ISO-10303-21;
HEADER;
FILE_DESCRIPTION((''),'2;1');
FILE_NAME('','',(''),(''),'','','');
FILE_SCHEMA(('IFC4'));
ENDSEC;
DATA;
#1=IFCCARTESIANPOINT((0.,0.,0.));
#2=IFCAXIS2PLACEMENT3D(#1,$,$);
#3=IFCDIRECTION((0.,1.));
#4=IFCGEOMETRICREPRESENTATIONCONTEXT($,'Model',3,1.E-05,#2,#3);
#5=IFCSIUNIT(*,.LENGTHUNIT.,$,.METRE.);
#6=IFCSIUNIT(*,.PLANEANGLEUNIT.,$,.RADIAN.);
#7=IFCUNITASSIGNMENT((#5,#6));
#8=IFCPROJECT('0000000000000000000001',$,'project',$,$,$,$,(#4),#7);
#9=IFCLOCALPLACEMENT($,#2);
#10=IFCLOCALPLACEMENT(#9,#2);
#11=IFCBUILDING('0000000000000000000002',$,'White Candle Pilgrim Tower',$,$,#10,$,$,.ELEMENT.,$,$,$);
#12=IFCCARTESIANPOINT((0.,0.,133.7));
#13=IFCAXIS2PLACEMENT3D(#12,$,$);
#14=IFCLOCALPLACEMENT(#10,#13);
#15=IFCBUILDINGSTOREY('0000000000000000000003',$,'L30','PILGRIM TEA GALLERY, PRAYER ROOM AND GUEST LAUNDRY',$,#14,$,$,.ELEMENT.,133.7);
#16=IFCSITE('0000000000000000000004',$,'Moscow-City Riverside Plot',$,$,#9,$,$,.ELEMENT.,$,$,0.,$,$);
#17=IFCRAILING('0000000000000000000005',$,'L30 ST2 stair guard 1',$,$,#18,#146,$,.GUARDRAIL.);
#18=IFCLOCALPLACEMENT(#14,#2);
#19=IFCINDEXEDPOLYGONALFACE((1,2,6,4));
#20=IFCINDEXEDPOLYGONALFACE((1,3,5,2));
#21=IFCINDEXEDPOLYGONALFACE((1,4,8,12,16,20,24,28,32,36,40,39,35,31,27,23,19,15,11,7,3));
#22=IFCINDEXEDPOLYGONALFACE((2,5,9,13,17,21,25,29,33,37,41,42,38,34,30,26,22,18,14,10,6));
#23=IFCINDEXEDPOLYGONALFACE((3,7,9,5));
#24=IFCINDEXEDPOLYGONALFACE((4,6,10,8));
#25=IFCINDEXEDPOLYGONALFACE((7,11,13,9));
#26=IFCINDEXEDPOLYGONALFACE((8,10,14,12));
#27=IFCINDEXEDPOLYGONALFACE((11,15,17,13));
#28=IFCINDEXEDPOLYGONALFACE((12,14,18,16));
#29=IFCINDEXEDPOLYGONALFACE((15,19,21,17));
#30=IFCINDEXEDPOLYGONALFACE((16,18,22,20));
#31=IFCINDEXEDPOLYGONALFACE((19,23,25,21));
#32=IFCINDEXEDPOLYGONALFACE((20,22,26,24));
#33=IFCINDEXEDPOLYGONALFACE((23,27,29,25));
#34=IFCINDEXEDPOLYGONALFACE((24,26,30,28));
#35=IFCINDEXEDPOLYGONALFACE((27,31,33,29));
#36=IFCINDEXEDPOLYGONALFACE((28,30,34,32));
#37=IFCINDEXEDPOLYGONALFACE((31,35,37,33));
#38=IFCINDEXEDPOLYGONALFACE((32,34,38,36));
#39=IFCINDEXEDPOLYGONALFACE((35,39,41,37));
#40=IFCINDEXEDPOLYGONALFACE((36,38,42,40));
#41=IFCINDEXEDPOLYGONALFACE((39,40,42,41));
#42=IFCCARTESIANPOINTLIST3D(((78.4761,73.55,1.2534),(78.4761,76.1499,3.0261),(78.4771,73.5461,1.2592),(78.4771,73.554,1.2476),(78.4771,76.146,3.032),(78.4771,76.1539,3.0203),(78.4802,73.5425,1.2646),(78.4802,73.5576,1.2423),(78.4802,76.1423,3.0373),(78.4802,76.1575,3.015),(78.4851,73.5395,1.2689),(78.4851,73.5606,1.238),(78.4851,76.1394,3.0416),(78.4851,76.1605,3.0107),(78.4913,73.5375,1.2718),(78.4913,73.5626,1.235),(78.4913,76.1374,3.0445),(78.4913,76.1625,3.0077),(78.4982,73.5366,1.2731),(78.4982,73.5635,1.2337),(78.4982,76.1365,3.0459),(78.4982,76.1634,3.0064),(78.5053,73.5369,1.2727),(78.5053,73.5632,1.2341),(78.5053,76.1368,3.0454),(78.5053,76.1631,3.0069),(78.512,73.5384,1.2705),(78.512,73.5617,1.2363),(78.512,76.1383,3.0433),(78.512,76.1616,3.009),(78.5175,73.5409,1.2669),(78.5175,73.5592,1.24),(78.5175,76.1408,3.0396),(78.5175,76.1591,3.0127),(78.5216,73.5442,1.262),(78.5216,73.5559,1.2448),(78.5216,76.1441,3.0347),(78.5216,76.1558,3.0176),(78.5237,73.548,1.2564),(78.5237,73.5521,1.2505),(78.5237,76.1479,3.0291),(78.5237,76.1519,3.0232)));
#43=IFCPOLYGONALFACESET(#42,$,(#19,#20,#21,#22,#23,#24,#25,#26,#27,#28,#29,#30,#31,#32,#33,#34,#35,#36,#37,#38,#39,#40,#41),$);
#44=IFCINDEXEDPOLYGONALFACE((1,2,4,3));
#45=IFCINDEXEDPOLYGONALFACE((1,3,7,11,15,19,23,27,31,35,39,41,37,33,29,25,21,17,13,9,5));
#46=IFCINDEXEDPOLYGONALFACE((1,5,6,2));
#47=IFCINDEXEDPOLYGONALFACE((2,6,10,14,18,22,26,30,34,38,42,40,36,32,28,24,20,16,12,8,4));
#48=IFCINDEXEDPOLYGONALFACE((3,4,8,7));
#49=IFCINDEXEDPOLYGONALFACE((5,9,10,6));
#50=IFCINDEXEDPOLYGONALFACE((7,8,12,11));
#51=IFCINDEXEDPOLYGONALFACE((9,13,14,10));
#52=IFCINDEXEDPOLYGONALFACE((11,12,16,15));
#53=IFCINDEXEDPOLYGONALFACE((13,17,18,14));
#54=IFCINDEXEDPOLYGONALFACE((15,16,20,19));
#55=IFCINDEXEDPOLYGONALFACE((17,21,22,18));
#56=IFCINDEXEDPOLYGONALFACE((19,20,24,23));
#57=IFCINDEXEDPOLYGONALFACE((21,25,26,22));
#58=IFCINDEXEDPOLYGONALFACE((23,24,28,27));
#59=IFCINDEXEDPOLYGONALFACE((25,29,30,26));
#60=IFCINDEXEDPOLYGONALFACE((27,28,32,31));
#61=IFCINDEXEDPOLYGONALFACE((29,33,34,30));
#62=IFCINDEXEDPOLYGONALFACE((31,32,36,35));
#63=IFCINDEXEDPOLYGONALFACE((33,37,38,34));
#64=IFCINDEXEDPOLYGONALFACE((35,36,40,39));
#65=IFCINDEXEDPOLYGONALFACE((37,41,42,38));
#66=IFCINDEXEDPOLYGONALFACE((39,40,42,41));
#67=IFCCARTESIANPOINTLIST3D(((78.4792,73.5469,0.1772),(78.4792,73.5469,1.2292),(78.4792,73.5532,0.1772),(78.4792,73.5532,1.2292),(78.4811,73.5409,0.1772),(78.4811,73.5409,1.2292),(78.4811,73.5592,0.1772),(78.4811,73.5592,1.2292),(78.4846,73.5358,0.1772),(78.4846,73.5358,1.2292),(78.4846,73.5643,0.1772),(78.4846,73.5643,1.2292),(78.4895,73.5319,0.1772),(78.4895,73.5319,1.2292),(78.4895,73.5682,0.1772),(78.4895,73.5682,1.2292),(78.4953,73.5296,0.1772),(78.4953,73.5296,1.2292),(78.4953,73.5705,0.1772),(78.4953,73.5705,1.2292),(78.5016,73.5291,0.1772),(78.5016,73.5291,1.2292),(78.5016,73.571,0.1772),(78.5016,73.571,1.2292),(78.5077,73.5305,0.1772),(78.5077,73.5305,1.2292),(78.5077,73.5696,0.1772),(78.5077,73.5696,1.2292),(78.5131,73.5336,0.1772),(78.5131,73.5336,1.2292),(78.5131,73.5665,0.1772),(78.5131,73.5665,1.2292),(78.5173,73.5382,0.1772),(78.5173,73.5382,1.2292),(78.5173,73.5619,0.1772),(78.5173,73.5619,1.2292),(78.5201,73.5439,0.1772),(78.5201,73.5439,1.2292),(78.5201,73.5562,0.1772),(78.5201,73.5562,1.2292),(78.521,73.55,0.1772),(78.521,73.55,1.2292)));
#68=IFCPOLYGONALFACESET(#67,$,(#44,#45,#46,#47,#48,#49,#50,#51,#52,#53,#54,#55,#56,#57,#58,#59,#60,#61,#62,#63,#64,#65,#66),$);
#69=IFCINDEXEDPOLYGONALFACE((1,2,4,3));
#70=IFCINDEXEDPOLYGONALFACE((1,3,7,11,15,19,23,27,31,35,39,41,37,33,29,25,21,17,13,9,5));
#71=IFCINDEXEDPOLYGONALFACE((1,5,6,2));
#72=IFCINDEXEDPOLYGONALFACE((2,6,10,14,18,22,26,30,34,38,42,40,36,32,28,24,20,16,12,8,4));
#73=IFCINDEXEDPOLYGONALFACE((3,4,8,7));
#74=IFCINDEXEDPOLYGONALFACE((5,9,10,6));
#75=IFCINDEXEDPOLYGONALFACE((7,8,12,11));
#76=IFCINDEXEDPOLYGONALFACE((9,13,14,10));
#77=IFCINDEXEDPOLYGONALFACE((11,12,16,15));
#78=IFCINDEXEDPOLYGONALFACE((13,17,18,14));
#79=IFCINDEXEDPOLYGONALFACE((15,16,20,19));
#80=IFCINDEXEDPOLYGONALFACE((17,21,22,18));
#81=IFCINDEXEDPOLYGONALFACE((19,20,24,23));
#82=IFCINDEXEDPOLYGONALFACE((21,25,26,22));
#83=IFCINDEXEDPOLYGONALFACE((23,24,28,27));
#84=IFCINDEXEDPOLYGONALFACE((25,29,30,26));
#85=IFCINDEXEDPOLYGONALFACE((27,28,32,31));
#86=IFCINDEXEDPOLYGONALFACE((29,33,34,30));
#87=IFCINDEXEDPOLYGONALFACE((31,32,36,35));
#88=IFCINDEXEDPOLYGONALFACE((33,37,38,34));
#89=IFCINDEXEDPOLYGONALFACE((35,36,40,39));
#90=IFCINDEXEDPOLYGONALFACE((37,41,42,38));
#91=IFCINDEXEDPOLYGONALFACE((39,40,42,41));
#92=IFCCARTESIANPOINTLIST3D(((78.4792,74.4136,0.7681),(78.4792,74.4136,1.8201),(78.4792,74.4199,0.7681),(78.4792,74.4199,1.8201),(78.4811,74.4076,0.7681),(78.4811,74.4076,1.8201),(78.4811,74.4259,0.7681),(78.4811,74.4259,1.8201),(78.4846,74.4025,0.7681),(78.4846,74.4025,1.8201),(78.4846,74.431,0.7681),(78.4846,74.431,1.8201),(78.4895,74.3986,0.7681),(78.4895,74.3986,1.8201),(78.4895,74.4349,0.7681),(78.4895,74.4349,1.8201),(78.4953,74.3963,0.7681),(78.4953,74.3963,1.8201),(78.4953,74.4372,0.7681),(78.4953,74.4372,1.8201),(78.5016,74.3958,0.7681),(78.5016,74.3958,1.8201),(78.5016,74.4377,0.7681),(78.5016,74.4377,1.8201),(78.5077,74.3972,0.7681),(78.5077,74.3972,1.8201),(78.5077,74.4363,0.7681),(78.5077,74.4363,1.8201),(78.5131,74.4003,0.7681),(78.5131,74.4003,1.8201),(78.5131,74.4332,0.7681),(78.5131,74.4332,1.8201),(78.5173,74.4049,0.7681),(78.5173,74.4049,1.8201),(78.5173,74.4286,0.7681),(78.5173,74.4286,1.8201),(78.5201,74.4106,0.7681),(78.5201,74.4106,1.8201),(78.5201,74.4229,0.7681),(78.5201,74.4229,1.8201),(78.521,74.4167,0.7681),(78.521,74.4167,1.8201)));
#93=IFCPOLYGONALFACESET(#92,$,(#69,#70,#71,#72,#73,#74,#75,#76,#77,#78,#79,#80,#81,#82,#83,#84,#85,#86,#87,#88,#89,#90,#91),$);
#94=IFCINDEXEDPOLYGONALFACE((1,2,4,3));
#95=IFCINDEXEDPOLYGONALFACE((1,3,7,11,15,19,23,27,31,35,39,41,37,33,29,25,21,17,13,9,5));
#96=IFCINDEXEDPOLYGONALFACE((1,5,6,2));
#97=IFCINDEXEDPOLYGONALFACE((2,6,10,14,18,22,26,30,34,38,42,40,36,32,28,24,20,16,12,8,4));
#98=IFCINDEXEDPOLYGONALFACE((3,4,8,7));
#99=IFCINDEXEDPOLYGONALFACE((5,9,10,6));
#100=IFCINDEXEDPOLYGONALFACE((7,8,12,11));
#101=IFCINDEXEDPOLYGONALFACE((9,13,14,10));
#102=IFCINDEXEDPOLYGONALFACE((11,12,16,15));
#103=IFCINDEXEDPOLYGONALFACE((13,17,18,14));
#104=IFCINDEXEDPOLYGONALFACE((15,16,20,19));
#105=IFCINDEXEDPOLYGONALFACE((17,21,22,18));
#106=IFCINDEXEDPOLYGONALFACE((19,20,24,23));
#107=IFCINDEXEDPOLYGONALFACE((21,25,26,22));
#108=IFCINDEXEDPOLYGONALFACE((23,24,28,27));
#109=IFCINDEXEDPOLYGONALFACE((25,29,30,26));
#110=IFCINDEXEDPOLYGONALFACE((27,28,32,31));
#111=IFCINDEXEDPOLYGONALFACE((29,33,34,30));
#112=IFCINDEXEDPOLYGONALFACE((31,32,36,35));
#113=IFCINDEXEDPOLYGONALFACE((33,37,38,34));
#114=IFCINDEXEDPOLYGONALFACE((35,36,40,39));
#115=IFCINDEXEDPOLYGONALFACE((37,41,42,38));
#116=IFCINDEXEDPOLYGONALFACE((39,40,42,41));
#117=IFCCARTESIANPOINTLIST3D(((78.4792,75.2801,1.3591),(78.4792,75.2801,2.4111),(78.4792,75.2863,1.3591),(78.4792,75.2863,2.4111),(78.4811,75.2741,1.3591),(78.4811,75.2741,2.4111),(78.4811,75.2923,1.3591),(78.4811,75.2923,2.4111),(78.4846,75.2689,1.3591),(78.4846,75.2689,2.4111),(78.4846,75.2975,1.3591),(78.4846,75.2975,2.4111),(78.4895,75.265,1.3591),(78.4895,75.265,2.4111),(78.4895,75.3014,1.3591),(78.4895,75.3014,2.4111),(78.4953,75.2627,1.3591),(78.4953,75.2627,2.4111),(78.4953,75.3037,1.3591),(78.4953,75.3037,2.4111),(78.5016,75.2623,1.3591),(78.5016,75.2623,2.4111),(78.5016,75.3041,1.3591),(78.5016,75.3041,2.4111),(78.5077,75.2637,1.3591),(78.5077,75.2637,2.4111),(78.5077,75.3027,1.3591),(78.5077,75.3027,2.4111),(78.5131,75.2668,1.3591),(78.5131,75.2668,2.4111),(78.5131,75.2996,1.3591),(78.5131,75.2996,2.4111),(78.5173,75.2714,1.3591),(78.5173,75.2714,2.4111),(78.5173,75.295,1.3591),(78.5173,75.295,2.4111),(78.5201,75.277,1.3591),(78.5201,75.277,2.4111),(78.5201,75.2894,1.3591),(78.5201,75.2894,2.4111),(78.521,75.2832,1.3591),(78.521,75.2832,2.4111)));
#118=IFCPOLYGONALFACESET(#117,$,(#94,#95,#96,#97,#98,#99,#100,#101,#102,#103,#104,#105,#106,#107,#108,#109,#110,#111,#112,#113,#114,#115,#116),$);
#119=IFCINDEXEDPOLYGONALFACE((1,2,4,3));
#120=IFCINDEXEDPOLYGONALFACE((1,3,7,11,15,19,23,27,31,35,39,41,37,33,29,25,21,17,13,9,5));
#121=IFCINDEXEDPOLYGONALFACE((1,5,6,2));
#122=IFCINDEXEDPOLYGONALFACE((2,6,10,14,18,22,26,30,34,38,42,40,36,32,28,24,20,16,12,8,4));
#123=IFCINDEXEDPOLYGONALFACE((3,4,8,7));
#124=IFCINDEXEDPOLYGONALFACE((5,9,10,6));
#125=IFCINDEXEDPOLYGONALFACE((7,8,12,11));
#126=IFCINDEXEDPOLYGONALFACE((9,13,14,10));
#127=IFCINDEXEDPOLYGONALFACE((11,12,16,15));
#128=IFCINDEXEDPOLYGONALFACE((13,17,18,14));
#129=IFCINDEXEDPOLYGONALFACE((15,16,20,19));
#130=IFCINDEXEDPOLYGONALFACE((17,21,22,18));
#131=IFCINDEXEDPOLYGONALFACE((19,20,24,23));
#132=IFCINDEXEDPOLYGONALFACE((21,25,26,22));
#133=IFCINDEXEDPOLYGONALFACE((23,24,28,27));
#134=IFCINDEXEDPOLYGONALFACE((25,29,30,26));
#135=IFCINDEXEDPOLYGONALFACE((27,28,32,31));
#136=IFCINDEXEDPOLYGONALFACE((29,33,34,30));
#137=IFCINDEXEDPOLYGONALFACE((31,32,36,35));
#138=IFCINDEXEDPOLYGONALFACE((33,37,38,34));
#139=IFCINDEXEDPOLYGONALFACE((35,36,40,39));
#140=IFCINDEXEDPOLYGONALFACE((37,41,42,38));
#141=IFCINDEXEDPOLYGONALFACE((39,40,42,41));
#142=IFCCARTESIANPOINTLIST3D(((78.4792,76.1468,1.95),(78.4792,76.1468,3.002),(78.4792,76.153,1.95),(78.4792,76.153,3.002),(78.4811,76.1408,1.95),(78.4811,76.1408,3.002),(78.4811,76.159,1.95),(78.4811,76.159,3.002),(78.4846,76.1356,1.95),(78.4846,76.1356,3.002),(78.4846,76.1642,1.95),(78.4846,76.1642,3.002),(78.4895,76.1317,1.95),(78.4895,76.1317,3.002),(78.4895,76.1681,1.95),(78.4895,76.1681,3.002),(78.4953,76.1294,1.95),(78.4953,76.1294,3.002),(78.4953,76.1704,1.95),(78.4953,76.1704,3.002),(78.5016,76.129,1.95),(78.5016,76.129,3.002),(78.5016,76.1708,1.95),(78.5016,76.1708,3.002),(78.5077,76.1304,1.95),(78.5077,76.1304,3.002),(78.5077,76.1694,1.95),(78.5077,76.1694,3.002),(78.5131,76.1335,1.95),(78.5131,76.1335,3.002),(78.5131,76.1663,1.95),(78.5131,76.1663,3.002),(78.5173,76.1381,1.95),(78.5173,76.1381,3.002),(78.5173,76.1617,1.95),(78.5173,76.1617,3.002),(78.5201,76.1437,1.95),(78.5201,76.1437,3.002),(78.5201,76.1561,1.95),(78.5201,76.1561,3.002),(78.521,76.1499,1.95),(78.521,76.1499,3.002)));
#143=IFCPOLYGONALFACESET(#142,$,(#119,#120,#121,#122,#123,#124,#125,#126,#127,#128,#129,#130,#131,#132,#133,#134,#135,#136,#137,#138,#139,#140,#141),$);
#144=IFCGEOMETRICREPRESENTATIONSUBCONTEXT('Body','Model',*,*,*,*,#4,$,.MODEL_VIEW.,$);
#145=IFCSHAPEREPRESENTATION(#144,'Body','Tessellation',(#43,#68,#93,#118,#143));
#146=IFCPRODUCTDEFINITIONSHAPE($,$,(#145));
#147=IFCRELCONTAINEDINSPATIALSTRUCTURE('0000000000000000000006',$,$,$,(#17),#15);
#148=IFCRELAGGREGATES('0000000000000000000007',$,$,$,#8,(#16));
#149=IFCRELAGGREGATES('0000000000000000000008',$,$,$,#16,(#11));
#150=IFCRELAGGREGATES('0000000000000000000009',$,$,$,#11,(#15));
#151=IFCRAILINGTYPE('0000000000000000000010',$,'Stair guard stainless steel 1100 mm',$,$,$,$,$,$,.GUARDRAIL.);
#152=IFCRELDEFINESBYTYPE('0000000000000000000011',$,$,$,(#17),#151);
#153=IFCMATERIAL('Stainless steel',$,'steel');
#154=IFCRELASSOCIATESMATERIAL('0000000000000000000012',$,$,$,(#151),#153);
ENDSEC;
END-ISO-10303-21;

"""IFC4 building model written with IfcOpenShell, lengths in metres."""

from ifc_helpers import new_model, si_unit, direction, frame, origin, origin_2d, place, context, subcontext, project, spatial, circle, extrude, material, type_object, element, save


model = new_model("IFC4")

# Units and contexts
model_context = context("Model", 3, precision=1e-05, world=origin(), true_north=direction((0.0, 1.0)))
body_context = subcontext(model_context, "Body", "Model", "MODEL_VIEW")
ifc_project = project(units=[si_unit("LENGTHUNIT", "METRE"), si_unit("PLANEANGLEUNIT", "RADIAN")], contexts=[model_context])

# Site, building, storey
site_placement = place(None, origin())
site = spatial("IfcSite", under=ifc_project, at=site_placement, Name="Moscow-City Riverside Plot", CompositionType="ELEMENT", RefElevation=0.0)
building_placement = place(site_placement, origin())
building = spatial("IfcBuilding", under=site, at=building_placement, Name="White Candle Pilgrim Tower", CompositionType="ELEMENT")
storey_placement = place(building_placement, frame((0.0, 0.0, 133.7)))
storey = spatial("IfcBuildingStorey", under=building, at=storey_placement, Name="L30", Description="PILGRIM TEA GALLERY, PRAYER ROOM AND GUEST LAUNDRY", CompositionType="ELEMENT", Elevation=133.7)

# Railing
ifc_material_1 = material(Name="Stainless steel", Category="steel")
railing_type_1 = type_object("IfcRailingType", Name="Stair guard stainless steel 1100 mm", PredefinedType="GUARDRAIL", material=ifc_material_1)
railing_1_placement = place(storey_placement, frame((78.5, 73.55, 0.1772)))
element("IfcRailing", 1, at=railing_1_placement, inside=storey, type_object=railing_type_1, Name="L30 ST2 stair guard 1", PredefinedType="GUARDRAIL", context=body_context, shape_type="SweptSolid", body=[
    extrude(circle(Radius=0.0239, at=origin_2d()), frame((0.0, 0.0, 1.0762), z_axis=(0.0, 0.826216, 0.563354), x_axis=(-1.0, 0.0, 0.0)), (0.0, 0.0, 1.0), 3.1467),
    extrude(circle(Radius=0.021, at=origin_2d()), origin(), (0.0, 0.0, 1.0), 1.052),
    extrude(circle(Radius=0.021, at=origin_2d()), frame((0.0, 0.8667, 0.5908)), (0.0, 0.0, 1.0), 1.052),
    extrude(circle(Radius=0.021, at=origin_2d()), frame((0.0, 1.7332, 1.1819)), (0.0, 0.0, 1.0), 1.052),
    extrude(circle(Radius=0.021, at=origin_2d()), frame((0.0, 2.5999, 1.7727)), (0.0, 0.0, 1.0), 1.052),
])

save(model, "model.ifc")
